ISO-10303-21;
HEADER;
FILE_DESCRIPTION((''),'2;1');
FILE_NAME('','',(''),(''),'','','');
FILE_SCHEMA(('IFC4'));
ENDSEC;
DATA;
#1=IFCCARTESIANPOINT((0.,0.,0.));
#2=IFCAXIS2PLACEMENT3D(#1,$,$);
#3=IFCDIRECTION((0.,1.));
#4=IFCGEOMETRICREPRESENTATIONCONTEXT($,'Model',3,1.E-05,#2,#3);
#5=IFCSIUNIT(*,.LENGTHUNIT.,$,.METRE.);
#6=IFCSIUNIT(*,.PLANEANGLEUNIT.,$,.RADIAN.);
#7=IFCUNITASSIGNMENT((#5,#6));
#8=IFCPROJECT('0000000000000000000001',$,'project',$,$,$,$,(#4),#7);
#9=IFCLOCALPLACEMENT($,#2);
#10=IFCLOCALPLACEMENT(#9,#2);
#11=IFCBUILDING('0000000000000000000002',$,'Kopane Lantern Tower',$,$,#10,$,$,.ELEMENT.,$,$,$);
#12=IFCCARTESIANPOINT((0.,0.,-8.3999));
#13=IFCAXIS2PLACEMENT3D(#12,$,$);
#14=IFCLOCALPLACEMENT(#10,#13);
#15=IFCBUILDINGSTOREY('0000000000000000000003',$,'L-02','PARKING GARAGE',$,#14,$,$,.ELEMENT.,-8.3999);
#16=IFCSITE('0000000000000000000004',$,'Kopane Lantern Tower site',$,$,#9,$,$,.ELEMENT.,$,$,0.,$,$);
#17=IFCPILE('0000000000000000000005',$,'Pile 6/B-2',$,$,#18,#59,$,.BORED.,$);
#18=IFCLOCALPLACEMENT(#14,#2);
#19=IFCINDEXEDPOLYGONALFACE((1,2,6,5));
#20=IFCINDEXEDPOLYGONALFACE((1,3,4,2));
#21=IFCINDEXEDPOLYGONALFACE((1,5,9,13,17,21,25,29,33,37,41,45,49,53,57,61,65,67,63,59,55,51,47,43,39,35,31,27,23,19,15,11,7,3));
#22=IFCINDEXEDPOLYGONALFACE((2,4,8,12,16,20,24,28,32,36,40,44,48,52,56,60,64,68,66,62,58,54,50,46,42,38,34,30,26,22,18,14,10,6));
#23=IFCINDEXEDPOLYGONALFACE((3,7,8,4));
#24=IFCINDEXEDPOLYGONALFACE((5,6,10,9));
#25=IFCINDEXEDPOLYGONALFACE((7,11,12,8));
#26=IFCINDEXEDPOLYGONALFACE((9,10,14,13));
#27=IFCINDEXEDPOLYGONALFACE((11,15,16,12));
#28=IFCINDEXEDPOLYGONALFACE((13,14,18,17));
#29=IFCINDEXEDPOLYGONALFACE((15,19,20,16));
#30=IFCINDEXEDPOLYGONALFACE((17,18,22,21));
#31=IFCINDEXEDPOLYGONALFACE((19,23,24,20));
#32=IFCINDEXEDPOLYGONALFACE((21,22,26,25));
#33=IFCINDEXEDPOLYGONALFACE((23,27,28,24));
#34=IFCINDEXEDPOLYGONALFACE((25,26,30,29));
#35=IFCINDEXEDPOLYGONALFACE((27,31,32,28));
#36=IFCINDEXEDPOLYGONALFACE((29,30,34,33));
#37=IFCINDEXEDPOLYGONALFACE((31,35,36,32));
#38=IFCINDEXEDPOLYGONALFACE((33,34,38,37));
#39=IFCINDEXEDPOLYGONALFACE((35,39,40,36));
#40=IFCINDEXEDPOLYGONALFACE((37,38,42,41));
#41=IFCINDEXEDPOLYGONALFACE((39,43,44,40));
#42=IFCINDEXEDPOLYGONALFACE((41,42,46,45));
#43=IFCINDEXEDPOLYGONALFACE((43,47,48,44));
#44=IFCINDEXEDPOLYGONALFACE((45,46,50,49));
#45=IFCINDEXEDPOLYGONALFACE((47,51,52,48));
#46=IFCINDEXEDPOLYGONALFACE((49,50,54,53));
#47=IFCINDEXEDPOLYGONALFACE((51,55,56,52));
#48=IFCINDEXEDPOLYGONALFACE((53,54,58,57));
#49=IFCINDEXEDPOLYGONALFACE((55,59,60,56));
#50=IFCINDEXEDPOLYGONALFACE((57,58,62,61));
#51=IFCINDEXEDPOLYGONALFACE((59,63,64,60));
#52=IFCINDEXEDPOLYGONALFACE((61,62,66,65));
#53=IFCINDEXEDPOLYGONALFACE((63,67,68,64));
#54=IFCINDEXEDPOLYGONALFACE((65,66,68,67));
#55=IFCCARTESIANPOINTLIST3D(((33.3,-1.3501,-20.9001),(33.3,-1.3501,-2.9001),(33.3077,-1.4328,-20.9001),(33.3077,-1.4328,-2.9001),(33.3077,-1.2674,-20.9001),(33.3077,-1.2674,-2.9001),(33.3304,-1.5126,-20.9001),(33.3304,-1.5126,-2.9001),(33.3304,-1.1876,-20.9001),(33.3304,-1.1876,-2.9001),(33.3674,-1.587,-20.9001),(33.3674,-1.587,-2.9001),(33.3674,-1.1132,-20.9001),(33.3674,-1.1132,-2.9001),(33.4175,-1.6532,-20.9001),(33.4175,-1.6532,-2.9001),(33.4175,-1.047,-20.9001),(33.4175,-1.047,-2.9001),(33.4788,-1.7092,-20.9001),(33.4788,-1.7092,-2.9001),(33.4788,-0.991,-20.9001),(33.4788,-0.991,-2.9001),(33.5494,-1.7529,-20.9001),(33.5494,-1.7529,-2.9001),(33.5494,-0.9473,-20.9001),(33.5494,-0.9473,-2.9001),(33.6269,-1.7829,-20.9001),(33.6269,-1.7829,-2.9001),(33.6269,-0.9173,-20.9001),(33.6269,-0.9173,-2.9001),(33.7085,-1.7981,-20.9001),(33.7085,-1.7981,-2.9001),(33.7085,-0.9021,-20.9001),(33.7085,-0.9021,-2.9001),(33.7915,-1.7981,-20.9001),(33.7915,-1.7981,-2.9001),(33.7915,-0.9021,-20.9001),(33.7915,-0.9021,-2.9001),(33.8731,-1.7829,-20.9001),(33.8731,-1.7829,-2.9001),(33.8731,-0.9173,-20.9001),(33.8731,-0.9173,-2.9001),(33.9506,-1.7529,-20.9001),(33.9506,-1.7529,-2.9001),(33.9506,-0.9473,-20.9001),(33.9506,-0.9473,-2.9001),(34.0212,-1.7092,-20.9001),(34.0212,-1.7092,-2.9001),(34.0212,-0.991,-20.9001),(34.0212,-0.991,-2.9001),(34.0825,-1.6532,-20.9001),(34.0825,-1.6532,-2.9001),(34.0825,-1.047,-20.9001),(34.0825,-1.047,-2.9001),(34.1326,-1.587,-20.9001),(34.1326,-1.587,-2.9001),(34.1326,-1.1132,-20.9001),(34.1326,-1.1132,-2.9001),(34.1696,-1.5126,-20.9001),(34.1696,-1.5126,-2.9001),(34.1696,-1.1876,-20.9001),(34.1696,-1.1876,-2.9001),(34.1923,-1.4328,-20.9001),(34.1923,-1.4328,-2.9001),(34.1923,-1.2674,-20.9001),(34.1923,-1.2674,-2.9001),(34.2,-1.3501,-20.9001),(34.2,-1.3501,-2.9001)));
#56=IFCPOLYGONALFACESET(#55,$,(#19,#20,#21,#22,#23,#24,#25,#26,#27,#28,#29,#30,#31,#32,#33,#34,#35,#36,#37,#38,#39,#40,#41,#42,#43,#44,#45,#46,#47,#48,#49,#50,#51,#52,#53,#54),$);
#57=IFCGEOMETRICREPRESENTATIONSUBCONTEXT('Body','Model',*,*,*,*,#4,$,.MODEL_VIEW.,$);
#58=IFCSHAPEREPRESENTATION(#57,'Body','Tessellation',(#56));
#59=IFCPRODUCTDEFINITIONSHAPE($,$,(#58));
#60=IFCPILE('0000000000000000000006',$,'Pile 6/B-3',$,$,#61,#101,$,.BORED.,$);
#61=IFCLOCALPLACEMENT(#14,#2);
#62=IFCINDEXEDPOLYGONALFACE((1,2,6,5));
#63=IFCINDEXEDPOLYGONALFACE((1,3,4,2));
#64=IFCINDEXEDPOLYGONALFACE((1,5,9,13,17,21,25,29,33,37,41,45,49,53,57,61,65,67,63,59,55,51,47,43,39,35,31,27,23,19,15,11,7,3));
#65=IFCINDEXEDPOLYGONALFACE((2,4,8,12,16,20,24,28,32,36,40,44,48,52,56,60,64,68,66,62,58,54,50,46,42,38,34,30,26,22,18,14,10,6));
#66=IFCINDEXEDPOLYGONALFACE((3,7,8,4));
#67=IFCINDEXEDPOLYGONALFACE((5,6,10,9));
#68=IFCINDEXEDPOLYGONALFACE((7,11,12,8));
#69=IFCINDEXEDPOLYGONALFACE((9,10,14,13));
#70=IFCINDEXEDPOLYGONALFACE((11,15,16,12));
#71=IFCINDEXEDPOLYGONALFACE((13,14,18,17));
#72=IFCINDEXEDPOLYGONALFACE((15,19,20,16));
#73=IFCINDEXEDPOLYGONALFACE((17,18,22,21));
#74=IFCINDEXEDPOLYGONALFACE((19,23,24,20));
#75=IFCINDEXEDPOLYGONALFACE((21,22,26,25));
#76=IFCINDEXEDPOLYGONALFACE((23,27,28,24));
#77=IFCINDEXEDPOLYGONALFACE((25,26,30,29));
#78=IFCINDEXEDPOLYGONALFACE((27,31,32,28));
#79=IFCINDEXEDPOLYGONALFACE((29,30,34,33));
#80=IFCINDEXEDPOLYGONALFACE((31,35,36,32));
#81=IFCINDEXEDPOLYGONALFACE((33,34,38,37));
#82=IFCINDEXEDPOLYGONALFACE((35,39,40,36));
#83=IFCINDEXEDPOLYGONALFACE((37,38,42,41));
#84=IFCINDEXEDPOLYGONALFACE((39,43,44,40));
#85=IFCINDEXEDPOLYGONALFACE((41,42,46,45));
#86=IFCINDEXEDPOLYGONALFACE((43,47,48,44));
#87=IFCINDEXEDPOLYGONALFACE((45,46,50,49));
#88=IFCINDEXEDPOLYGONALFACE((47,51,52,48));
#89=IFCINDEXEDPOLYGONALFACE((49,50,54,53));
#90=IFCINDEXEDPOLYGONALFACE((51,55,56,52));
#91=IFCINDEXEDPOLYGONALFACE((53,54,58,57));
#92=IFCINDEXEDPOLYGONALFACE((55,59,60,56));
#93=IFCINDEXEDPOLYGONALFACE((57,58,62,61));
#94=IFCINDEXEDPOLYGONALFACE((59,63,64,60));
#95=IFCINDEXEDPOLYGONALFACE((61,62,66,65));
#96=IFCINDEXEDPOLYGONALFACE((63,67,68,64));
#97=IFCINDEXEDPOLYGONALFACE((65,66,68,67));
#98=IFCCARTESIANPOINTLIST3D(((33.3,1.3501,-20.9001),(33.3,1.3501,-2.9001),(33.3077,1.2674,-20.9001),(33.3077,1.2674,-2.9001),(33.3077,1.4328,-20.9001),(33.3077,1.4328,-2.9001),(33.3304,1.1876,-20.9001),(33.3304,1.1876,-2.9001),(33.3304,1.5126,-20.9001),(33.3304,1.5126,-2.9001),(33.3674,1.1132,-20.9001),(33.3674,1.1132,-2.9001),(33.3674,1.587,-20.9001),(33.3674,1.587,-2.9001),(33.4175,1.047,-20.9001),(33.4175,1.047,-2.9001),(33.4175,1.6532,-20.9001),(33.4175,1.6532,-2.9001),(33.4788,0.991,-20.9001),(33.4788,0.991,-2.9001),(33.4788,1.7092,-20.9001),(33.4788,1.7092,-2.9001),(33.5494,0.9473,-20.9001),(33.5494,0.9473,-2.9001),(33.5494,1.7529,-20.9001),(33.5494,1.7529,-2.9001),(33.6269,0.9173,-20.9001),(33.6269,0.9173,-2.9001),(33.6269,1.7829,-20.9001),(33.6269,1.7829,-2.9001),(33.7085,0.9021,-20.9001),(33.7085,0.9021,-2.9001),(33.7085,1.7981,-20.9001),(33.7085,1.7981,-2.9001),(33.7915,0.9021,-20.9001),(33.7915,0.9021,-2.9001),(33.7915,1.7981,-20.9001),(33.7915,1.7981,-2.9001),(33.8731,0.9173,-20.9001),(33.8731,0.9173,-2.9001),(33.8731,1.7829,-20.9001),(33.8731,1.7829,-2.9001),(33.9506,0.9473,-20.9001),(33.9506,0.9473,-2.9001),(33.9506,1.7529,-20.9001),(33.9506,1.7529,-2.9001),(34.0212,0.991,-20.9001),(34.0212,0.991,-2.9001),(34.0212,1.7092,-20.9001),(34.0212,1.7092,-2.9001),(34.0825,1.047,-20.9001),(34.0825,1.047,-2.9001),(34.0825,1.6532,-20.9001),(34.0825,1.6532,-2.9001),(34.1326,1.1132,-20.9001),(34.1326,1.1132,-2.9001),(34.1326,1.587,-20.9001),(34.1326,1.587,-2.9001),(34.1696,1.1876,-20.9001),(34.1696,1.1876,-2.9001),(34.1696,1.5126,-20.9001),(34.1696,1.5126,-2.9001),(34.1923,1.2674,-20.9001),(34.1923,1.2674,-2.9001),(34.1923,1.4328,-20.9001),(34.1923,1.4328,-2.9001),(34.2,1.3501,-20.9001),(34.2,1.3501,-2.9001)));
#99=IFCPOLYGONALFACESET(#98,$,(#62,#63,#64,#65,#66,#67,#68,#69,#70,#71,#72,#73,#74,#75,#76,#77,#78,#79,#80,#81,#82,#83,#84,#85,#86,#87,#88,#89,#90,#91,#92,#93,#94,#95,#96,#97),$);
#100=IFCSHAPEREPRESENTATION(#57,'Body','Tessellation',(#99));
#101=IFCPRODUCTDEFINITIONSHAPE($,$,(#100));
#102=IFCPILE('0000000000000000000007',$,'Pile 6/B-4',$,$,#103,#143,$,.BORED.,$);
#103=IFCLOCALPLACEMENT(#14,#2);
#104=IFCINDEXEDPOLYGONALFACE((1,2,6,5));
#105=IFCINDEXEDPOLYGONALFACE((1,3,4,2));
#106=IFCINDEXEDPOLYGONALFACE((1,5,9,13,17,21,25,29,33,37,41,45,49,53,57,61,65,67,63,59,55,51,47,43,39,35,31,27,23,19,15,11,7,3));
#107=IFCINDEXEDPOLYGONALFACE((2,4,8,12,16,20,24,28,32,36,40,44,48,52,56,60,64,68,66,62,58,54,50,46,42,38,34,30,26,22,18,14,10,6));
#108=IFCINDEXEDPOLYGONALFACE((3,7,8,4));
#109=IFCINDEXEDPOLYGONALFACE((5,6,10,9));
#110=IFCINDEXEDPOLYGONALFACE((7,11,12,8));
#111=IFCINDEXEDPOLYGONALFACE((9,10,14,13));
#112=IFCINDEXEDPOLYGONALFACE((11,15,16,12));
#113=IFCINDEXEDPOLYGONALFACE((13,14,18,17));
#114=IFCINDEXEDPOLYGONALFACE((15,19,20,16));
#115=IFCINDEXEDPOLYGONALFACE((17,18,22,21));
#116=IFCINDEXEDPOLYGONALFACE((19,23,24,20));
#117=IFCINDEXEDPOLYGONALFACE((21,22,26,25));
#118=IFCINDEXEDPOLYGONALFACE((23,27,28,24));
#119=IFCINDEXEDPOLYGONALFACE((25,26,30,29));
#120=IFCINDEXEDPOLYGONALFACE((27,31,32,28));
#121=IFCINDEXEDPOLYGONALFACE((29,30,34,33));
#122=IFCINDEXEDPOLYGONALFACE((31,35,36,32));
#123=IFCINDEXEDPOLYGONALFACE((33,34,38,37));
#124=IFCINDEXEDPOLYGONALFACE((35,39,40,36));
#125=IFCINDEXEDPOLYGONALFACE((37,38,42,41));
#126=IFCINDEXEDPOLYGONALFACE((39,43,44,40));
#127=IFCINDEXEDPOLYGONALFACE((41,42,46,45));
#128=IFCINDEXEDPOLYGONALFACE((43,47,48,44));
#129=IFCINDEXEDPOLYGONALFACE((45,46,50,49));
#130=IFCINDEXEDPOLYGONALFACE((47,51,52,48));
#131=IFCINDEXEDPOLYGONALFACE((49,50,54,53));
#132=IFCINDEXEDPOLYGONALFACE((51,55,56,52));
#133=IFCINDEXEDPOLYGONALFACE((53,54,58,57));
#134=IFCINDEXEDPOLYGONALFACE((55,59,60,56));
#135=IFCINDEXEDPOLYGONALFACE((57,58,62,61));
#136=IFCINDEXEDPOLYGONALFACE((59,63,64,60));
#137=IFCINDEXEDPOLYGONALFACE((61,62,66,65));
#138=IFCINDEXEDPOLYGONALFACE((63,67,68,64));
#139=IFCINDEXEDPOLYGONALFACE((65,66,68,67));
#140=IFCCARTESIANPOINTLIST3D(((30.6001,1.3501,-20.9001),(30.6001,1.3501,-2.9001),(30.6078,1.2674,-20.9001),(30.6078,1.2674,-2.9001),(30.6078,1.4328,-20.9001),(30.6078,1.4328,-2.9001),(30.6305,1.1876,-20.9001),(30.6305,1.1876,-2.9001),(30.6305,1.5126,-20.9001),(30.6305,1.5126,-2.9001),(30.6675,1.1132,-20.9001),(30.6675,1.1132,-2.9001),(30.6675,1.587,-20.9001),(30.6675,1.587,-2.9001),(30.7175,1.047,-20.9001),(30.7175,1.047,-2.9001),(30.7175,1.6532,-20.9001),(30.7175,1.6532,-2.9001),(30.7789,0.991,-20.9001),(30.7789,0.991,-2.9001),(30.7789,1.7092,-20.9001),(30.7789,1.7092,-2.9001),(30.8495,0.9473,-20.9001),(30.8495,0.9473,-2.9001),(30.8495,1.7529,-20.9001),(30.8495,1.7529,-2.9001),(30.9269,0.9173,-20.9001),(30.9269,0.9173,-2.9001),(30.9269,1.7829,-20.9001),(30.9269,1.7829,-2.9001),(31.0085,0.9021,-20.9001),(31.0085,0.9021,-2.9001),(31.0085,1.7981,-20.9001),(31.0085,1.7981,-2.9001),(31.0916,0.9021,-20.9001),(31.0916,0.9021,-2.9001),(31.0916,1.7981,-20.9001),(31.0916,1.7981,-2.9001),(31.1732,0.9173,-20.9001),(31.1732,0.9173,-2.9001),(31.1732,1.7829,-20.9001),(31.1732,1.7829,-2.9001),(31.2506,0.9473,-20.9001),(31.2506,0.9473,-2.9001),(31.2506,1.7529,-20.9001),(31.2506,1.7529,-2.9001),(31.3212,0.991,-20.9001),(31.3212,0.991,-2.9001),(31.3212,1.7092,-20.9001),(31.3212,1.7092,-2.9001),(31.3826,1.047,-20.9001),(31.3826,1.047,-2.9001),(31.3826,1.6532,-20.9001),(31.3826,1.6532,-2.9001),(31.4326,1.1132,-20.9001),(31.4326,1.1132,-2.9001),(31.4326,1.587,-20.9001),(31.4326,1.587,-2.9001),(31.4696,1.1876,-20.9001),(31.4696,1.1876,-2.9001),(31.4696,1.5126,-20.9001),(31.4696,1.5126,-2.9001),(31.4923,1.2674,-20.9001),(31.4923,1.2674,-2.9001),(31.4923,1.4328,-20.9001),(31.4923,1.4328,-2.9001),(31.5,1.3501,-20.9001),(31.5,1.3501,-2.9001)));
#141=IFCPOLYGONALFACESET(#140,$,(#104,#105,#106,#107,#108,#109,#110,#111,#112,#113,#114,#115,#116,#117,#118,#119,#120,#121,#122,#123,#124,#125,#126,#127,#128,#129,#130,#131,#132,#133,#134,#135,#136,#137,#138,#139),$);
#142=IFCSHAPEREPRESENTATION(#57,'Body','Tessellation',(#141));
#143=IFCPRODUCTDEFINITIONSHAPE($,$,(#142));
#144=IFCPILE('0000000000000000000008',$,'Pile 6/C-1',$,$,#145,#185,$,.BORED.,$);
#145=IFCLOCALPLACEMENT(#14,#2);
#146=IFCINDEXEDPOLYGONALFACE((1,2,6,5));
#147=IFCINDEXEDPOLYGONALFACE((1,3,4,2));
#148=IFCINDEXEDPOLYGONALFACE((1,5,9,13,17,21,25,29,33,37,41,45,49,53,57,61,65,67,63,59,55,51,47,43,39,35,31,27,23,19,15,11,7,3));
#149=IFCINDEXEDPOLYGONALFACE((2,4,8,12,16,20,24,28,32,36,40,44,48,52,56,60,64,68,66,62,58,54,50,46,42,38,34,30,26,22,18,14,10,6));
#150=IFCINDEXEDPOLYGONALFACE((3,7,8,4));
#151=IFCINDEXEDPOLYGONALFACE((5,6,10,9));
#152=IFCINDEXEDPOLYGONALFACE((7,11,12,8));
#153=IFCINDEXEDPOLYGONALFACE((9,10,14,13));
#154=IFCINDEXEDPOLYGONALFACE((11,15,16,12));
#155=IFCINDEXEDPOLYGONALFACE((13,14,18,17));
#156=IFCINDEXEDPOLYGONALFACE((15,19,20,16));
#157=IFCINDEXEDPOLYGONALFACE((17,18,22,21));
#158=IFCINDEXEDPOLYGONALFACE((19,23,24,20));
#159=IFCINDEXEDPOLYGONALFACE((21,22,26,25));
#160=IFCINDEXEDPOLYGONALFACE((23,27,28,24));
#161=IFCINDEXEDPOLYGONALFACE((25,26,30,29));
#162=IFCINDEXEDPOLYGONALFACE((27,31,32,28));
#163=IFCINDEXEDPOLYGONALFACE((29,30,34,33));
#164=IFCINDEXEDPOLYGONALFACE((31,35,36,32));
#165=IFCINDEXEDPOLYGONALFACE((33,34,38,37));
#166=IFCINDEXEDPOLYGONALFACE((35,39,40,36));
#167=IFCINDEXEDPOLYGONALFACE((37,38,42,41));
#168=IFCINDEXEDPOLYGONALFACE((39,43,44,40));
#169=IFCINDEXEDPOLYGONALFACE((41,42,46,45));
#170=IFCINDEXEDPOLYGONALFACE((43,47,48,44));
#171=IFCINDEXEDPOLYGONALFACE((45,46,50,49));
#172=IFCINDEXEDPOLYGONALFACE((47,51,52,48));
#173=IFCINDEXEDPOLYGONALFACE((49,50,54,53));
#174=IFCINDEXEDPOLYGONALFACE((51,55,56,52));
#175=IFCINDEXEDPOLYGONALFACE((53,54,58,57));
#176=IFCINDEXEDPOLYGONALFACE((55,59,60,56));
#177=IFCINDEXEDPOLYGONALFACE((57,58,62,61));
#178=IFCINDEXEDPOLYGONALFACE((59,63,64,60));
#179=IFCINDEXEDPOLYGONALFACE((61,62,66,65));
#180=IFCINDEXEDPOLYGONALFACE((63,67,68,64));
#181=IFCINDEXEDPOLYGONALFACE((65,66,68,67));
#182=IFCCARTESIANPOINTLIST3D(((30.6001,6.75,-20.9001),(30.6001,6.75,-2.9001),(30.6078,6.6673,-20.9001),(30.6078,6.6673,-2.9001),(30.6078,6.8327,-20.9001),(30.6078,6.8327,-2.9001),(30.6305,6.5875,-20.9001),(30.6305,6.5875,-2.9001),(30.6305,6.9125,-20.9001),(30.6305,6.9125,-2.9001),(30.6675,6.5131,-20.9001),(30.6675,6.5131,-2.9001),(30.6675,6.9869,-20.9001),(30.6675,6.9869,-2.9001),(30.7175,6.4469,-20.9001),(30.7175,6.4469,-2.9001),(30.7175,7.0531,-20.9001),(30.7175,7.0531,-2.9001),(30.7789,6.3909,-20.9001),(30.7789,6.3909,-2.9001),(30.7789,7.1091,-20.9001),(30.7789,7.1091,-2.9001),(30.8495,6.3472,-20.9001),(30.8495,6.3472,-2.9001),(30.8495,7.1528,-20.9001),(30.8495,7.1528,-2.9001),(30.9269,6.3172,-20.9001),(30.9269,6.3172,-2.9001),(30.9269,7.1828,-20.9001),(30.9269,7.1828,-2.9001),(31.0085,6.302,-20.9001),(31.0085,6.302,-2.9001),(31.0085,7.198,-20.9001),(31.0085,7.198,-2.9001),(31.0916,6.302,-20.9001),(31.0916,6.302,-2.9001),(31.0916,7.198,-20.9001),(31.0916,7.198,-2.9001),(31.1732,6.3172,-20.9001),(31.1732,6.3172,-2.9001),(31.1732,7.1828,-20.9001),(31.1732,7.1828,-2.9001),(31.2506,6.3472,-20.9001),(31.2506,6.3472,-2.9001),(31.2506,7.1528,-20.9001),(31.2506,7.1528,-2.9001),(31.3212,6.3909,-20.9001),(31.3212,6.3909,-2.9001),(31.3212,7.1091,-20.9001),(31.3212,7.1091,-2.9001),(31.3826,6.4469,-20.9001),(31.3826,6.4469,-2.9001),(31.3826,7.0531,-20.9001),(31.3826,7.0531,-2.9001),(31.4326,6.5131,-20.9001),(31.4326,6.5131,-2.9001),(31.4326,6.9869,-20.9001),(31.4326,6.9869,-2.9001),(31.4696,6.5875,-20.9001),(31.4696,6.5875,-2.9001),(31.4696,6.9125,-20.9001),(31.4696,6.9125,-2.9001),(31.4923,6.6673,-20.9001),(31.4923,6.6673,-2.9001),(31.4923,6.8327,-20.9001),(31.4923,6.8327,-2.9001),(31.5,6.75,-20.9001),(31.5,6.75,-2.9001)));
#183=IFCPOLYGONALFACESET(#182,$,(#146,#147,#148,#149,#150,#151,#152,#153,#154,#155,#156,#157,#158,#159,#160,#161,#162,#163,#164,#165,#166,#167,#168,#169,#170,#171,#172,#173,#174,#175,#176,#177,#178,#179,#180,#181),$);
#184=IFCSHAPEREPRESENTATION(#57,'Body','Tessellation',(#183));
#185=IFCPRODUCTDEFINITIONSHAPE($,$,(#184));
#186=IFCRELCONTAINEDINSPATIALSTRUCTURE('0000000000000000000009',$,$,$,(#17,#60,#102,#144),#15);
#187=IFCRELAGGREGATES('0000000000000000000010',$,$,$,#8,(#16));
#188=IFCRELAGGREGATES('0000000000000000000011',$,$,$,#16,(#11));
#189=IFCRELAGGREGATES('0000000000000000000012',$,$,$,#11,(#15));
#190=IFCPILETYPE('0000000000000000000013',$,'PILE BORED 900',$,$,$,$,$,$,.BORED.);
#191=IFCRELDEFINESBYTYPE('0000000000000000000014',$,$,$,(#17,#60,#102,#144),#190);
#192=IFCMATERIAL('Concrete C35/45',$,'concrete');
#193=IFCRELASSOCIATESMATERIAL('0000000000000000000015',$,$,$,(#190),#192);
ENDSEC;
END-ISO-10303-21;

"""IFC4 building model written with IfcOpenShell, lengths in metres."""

from ifc_helpers import new_model, si_unit, direction, frame, origin, origin_2d, place, context, subcontext, project, spatial, circle, extrude, material, material_profile, profile_set, type_object, element, save


model = new_model("IFC4")

# Units and contexts
model_context = context("Model", 3, precision=1e-05, world=origin(), true_north=direction((0.0, 1.0)))
body_context = subcontext(model_context, "Body", "Model", "MODEL_VIEW")
ifc_project = project(units=[si_unit("LENGTHUNIT", "METRE"), si_unit("PLANEANGLEUNIT", "RADIAN")], contexts=[model_context])

# Site, building, storey
site_placement = place(None, origin())
site = spatial("IfcSite", under=ifc_project, at=site_placement, Name="Kopane Lantern Tower site", CompositionType="ELEMENT", RefElevation=0.0)
building_placement = place(site_placement, origin())
building = spatial("IfcBuilding", under=site, at=building_placement, Name="Kopane Lantern Tower", CompositionType="ELEMENT")
storey_placement = place(building_placement, frame((0.0, 0.0, -8.3999)))
storey = spatial("IfcBuildingStorey", under=building, at=storey_placement, Name="L-02", Description="PARKING GARAGE", CompositionType="ELEMENT", Elevation=-8.3999)

# Piles
ifc_material_1 = material(Name="Concrete C35/45", Category="concrete")
ifc_material_profile_1 = material_profile(ifc_material_1, circle(Radius=0.45, at=origin_2d()), Name="D900")
ifc_profile_set_1 = profile_set([ifc_material_profile_1], Name="Concrete C35/45")
pile_type = type_object("IfcPileType", Name="PILE BORED 900", PredefinedType="BORED", material=ifc_profile_set_1)
for number, where, z_axis, x_axis, name in (
    (1, (33.75, -1.3501, -2.9001), (0.0, 0.0, -1.0), (1.0, 0.0, 0.0), "Pile 6/B-2"),
    (2, (33.75, 1.3501, -2.9001), (0.0, 0.0, -1.0), (1.0, 0.0, 0.0), "Pile 6/B-3"),
    (3, (31.05, 1.3501, -2.9001), (0.0, 0.0, -1.0), (1.0, 0.0, 0.0), "Pile 6/B-4"),
    (4, (31.05, 6.75, -2.9001), (0.0, 0.0, -1.0), (1.0, 0.0, 0.0), "Pile 6/C-1"),
):
    element("IfcPile", number, at=place(storey_placement, frame(where, z_axis=z_axis, x_axis=x_axis)), inside=storey, type_object=pile_type, Name=name, PredefinedType="BORED", context=body_context, shape_type="SweptSolid", body=[
        extrude(circle(Radius=0.45, at=origin_2d()), origin(), (0.0, 0.0, 1.0), 18.0),
    ])

save(model, "model.ifc")
